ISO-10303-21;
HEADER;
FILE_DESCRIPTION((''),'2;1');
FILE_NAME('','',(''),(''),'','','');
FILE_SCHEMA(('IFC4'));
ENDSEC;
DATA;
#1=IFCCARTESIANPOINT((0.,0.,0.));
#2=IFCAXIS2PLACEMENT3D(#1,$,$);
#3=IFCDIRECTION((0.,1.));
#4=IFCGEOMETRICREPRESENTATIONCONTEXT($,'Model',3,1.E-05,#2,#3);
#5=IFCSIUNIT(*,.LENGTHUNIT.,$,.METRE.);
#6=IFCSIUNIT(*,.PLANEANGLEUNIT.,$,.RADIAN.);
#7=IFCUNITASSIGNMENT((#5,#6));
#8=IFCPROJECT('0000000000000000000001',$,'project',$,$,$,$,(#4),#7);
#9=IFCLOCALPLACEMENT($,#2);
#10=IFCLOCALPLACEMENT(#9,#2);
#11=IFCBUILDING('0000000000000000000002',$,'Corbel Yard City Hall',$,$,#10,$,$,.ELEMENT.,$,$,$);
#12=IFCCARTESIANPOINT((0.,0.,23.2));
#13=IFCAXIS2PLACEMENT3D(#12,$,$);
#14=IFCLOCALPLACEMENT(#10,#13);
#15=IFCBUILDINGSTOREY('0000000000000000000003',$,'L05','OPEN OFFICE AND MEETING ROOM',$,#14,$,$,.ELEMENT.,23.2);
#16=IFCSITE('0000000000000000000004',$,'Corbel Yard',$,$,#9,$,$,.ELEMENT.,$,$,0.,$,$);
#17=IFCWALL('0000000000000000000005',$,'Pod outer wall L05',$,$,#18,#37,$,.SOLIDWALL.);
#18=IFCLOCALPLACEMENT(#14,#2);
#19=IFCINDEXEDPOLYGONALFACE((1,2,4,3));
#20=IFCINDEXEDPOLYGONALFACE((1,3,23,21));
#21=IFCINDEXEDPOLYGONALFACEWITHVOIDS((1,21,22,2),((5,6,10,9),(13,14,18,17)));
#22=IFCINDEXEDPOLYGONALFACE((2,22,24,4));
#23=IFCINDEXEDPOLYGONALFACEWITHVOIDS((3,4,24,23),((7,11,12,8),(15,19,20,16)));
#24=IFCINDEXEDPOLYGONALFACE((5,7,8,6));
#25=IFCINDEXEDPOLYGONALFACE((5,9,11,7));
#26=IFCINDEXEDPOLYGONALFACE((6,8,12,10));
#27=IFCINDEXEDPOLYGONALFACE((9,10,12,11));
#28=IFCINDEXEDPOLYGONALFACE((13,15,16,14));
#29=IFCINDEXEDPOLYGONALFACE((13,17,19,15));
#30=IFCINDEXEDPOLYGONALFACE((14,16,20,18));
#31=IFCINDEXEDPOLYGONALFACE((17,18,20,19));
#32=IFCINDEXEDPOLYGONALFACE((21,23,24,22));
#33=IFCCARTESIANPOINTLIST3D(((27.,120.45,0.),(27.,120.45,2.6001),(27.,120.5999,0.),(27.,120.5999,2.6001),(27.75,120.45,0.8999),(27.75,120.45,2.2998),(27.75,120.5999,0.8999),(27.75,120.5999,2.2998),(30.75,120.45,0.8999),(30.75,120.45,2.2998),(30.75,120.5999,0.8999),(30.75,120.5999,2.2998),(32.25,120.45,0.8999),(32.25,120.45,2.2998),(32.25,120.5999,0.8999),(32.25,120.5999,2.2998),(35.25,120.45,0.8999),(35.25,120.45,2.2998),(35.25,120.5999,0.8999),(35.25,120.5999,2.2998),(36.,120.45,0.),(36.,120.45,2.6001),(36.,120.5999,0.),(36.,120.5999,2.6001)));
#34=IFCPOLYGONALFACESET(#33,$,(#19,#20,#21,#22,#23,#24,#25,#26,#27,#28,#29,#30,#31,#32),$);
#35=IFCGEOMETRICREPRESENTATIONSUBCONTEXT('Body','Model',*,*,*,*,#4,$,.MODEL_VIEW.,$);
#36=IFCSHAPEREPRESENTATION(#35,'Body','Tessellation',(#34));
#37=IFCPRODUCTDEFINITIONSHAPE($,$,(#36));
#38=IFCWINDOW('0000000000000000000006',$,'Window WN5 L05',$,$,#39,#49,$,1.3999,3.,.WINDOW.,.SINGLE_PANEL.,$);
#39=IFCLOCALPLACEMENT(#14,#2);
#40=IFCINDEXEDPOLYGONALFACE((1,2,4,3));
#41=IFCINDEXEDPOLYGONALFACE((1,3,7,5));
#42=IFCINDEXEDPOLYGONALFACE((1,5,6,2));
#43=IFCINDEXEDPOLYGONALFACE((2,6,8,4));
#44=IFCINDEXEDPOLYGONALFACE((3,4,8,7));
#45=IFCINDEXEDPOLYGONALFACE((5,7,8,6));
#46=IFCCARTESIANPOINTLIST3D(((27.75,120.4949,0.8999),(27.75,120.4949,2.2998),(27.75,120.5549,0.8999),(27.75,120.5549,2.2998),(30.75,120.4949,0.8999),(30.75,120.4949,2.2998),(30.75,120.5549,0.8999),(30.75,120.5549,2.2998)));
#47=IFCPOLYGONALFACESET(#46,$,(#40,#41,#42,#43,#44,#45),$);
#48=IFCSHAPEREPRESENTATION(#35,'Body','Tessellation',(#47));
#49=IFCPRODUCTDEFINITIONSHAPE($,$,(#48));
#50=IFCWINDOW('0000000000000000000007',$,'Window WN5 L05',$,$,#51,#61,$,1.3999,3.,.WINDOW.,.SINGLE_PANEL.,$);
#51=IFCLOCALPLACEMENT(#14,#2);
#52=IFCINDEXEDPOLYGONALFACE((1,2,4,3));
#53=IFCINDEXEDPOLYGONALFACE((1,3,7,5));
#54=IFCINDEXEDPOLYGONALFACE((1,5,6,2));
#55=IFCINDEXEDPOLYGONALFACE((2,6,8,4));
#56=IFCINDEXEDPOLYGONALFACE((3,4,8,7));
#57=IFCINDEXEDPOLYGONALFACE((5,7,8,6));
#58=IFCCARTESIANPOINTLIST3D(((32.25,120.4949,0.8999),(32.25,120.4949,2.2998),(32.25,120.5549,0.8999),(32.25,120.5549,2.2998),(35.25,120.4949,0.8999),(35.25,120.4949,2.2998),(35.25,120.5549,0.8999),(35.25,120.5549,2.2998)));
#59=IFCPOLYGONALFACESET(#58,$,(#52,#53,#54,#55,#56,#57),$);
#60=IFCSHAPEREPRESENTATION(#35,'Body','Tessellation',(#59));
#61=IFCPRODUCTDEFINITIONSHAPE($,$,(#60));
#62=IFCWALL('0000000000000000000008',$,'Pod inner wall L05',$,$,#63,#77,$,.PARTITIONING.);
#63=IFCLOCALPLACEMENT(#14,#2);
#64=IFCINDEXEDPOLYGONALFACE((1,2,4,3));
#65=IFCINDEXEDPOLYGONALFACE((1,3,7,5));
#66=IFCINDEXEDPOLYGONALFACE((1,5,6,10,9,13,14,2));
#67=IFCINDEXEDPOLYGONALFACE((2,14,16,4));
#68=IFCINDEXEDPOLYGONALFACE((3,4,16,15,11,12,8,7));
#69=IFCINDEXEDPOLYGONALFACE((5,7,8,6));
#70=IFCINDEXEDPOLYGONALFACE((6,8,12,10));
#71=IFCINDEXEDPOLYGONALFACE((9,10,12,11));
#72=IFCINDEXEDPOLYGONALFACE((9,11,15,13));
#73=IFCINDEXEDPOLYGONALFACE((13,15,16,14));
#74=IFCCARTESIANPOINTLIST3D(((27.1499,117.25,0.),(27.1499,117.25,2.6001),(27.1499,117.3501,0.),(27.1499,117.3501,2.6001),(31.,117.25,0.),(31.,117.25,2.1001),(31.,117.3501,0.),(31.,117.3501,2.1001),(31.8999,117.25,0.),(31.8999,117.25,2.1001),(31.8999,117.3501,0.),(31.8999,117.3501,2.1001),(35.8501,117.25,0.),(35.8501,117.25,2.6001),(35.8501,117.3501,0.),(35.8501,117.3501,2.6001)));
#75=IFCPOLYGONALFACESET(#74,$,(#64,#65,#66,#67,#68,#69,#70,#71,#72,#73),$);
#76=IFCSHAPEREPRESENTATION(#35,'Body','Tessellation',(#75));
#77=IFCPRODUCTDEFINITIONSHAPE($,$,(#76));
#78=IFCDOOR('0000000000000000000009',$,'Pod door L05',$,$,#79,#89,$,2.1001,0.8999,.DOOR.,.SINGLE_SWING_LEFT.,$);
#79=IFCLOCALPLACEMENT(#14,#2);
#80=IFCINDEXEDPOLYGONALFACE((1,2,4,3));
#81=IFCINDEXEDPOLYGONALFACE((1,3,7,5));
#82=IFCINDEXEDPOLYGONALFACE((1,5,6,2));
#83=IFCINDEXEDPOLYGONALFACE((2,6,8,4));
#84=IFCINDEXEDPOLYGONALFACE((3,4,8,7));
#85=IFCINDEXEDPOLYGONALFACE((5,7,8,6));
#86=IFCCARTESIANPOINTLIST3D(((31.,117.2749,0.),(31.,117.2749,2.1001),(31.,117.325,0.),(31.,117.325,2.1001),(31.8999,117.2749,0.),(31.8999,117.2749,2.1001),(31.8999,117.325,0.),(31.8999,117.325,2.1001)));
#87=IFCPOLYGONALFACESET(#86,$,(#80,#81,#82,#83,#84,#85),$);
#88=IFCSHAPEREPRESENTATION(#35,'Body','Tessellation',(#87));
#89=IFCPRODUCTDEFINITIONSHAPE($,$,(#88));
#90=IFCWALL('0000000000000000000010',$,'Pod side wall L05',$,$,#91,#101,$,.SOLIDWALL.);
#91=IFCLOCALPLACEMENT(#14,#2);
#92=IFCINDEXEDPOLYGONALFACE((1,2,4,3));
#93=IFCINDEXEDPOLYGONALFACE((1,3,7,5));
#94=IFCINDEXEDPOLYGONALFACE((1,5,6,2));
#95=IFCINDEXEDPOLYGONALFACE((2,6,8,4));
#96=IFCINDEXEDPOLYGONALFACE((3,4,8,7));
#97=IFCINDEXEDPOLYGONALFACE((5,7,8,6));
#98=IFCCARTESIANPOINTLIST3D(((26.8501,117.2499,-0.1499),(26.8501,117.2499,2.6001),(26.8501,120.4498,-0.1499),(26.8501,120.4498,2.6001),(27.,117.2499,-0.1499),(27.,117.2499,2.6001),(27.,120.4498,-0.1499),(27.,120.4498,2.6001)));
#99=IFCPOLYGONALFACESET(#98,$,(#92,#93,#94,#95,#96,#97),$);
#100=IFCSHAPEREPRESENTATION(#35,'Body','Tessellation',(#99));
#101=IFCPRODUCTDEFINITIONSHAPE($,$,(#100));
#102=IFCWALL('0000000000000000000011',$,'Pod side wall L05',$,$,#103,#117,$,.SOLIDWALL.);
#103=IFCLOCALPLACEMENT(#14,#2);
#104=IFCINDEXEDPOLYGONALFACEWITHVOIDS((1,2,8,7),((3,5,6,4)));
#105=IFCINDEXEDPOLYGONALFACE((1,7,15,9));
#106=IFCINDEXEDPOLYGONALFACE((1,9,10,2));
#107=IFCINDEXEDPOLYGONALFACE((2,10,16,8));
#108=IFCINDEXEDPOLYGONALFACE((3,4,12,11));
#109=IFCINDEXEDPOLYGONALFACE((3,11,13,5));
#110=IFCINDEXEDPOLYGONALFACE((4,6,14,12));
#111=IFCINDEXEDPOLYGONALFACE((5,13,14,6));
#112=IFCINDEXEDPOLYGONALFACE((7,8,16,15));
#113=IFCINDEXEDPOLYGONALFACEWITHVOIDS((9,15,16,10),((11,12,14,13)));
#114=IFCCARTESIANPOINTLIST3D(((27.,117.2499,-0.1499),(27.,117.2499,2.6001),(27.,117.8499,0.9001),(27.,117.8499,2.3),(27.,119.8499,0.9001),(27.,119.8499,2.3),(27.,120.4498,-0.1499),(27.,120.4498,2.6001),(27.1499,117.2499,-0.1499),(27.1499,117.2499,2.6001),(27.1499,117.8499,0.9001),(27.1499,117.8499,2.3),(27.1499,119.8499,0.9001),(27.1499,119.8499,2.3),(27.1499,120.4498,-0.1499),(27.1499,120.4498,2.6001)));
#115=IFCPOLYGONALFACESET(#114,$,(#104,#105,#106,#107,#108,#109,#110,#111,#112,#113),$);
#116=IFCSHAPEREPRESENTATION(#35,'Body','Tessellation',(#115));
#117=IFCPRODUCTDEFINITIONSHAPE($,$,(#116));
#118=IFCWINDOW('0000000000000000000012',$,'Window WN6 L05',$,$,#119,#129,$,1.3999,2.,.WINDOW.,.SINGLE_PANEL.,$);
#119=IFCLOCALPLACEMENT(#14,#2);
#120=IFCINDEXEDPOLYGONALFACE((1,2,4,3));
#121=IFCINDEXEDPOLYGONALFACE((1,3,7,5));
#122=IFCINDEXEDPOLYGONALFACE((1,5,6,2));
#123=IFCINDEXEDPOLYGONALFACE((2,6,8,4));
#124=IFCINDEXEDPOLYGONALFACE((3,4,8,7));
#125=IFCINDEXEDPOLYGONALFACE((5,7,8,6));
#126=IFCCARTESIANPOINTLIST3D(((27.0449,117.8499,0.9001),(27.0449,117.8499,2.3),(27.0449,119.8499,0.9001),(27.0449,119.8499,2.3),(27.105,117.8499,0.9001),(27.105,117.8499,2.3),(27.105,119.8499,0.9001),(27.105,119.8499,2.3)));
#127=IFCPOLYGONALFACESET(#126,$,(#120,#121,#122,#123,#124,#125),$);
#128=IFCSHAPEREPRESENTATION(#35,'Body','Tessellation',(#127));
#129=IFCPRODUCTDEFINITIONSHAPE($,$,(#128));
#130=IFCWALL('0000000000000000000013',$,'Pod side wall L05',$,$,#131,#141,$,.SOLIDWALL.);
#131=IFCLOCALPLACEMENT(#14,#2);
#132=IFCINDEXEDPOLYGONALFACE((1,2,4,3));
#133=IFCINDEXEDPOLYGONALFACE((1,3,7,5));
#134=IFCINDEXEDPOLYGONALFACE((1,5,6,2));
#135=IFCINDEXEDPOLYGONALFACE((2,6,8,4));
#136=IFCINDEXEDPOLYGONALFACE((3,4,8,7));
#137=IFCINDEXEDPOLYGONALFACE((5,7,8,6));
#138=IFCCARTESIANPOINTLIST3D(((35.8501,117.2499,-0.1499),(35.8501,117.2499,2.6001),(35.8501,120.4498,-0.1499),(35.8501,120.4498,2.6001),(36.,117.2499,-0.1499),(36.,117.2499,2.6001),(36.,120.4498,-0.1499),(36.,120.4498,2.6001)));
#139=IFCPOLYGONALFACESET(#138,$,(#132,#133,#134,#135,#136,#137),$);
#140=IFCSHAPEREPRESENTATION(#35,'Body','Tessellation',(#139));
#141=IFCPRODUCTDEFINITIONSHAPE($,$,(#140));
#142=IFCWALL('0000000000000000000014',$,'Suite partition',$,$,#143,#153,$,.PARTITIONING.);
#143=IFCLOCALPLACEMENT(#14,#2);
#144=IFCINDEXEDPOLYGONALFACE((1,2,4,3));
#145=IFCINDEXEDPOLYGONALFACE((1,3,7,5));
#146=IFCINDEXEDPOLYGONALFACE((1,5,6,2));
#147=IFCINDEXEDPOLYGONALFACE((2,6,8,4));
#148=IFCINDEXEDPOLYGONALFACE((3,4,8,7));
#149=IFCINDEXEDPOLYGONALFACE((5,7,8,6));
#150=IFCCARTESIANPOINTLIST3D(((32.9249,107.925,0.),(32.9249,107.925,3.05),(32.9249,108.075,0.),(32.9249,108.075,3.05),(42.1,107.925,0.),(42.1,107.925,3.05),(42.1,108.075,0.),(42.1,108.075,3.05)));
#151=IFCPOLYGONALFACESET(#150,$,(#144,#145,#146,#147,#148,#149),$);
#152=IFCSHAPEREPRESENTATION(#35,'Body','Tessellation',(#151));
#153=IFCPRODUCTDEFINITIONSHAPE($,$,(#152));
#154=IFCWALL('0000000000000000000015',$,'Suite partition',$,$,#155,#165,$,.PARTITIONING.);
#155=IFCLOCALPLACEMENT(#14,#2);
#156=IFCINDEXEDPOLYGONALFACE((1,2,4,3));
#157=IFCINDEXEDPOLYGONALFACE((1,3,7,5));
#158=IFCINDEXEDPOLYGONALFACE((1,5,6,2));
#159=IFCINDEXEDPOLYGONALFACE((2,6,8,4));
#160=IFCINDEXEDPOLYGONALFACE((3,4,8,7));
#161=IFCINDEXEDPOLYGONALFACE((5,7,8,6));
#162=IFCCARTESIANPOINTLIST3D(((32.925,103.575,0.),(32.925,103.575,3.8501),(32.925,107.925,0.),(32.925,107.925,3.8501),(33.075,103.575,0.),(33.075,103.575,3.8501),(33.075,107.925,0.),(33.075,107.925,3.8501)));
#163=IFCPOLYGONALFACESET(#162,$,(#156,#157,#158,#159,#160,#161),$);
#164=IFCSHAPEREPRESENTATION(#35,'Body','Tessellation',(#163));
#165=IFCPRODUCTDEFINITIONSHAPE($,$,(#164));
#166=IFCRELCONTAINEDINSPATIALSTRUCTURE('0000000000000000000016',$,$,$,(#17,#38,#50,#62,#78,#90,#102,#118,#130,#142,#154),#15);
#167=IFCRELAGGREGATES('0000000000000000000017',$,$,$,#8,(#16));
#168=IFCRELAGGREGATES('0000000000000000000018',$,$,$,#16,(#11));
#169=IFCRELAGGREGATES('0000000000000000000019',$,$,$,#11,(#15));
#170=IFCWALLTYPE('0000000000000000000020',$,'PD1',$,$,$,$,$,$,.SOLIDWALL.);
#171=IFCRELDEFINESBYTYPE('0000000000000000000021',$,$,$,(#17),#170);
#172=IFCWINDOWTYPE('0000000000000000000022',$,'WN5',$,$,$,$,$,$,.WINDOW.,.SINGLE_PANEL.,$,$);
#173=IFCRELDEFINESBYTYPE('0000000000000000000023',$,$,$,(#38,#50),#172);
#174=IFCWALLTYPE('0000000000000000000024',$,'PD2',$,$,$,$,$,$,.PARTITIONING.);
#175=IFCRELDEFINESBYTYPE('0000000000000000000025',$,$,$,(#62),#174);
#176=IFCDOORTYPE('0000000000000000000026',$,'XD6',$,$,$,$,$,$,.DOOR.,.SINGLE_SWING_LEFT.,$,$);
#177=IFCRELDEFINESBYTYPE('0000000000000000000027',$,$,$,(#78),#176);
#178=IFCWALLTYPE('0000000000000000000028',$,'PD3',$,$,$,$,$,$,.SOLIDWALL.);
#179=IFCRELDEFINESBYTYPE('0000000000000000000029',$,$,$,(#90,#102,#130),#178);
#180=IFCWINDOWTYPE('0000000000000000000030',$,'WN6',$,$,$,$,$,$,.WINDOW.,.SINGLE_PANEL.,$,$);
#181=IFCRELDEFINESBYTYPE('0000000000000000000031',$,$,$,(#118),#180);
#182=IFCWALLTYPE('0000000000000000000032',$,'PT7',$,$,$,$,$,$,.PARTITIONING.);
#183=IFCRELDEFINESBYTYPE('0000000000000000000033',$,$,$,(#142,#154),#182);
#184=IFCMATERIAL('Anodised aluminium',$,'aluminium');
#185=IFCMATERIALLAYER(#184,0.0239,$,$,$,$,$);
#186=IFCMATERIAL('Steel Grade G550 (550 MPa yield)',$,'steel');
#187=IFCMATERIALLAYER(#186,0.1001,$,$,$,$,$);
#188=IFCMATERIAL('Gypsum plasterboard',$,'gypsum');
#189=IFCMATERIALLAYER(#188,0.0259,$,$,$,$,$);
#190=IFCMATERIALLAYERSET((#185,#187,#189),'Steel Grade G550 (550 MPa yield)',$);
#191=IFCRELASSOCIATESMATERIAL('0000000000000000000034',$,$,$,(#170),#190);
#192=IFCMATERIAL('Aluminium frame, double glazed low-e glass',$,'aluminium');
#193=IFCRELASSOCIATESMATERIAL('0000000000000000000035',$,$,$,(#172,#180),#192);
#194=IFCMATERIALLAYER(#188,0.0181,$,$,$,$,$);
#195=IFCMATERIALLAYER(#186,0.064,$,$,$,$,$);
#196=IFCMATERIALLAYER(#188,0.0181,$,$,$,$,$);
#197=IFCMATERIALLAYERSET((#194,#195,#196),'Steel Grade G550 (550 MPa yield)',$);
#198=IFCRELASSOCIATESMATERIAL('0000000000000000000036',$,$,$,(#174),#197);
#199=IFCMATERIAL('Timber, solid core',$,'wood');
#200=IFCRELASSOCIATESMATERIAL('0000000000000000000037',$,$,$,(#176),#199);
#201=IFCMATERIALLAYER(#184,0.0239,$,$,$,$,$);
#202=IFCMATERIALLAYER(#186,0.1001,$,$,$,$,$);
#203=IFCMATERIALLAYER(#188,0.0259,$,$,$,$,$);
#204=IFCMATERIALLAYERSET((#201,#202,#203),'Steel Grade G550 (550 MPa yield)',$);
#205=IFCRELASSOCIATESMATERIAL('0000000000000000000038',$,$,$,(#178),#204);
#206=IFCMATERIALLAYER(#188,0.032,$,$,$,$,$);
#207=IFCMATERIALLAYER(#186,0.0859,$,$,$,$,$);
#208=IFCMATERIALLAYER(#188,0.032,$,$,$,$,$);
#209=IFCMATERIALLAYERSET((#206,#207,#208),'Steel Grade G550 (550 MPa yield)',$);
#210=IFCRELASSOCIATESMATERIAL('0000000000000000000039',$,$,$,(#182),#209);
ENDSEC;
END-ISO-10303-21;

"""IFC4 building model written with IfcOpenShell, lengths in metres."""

from ifc_helpers import new_model, si_unit, direction, frame, frame_2d, origin, place, context, subcontext, project, spatial, rectangle, extrude, material, layer, layer_set, type_object, element, fill, save


model = new_model("IFC4")

# Units and contexts
model_context = context("Model", 3, precision=1e-05, world=origin(), true_north=direction((0.0, 1.0)))
body_context = subcontext(model_context, "Body", "Model", "MODEL_VIEW")
ifc_project = project(units=[si_unit("LENGTHUNIT", "METRE"), si_unit("PLANEANGLEUNIT", "RADIAN")], contexts=[model_context])

# Site, building, storey
site_placement = place(None, origin())
site = spatial("IfcSite", under=ifc_project, at=site_placement, Name="Corbel Yard", CompositionType="ELEMENT", RefElevation=0.0)
building_placement = place(site_placement, origin())
building = spatial("IfcBuilding", under=site, at=building_placement, Name="Corbel Yard City Hall", CompositionType="ELEMENT")
storey_placement = place(building_placement, frame((0.0, 0.0, 23.2)))
storey = spatial("IfcBuildingStorey", under=building, at=storey_placement, Name="L05", Description="OPEN OFFICE AND MEETING ROOM", CompositionType="ELEMENT", Elevation=23.2)

# Wall, openings, windows
ifc_material_1 = material(Name="Anodised aluminium", Category="aluminium")
ifc_layer_1 = layer(ifc_material_1, 0.0239)
ifc_material_2 = material(Name="Steel Grade G550 (550 MPa yield)", Category="steel")
ifc_layer_2 = layer(ifc_material_2, 0.1001)
ifc_material_3 = material(Name="Gypsum plasterboard", Category="gypsum")
ifc_layer_3 = layer(ifc_material_3, 0.0259)
ifc_layer_set_1 = layer_set([ifc_layer_1, ifc_layer_2, ifc_layer_3], Name="Steel Grade G550 (550 MPa yield)")
wall_type_1 = type_object("IfcWallType", Name="PD1", PredefinedType="SOLIDWALL", material=ifc_layer_set_1)
wall_1_placement = place(storey_placement, frame((27.0, 120.5249, 0.0), z_axis=(0.0, 0.0, 1.0), x_axis=(1.0, 0.0, 0.0)))
wall_1 = element("IfcWall", 1, at=wall_1_placement, inside=storey, type_object=wall_type_1, Name="Pod outer wall L05", PredefinedType="SOLIDWALL", context=body_context, shape_type="SweptSolid", body=[
    extrude(rectangle(XDim=9.0, YDim=0.1499, at=frame_2d((4.5, 0.0))), origin(), (0.0, 0.0, 1.0), 2.6001),
])
opening_1_placement = place(wall_1_placement, frame((0.75, 0.0, 0.8999)))
opening_1 = element("IfcOpeningElement", 2, at=opening_1_placement, cuts=wall_1, PredefinedType="OPENING", context=body_context, shape_type="SweptSolid", body=[
    extrude(rectangle(XDim=3.0, YDim=1.3999, at=frame_2d((1.5, 0.7))), frame((0.0, 0.085, 0.0), z_axis=(0.0, -1.0, 0.0), x_axis=(1.0, 0.0, 0.0)), (0.0, 0.0, 1.0), 0.1699),
])
opening_2_placement = place(wall_1_placement, frame((5.25, 0.0, 0.8999)))
opening_2 = element("IfcOpeningElement", 3, at=opening_2_placement, cuts=wall_1, PredefinedType="OPENING", context=body_context, shape_type="SweptSolid", body=[
    extrude(rectangle(XDim=3.0, YDim=1.3999, at=frame_2d((1.5, 0.7))), frame((0.0, 0.085, 0.0), z_axis=(0.0, -1.0, 0.0), x_axis=(1.0, 0.0, 0.0)), (0.0, 0.0, 1.0), 0.1699),
])
ifc_material_4 = material(Name="Aluminium frame, double glazed low-e glass", Category="aluminium")
window_type_1 = type_object("IfcWindowType", Name="WN5", PartitioningType="SINGLE_PANEL", PredefinedType="WINDOW", material=ifc_material_4)
window_1_placement = place(opening_1_placement, origin())
window_1 = element("IfcWindow", 4, at=window_1_placement, inside=storey, type_object=window_type_1, Name="Window WN5 L05", OverallHeight=1.3999, OverallWidth=3.0, PartitioningType="SINGLE_PANEL", PredefinedType="WINDOW", context=body_context, shape_type="SweptSolid", body=[
    extrude(rectangle(XDim=3.0, YDim=1.3999, at=frame_2d((1.5, 0.7))), frame((0.0, 0.03, 0.0), z_axis=(0.0, -1.0, 0.0), x_axis=(1.0, 0.0, 0.0)), (0.0, 0.0, 1.0), 0.0601),
])
fill(opening_1, window_1)
window_2_placement = place(opening_2_placement, origin())
window_2 = element("IfcWindow", 5, at=window_2_placement, inside=storey, type_object=window_type_1, Name="Window WN5 L05", OverallHeight=1.3999, OverallWidth=3.0, PartitioningType="SINGLE_PANEL", PredefinedType="WINDOW", context=body_context, shape_type="SweptSolid", body=[
    extrude(rectangle(XDim=3.0, YDim=1.3999, at=frame_2d((1.5, 0.7))), frame((0.0, 0.03, 0.0), z_axis=(0.0, -1.0, 0.0), x_axis=(1.0, 0.0, 0.0)), (0.0, 0.0, 1.0), 0.0601),
])
fill(opening_2, window_2)

# Wall, opening, door
ifc_layer_4 = layer(ifc_material_3, 0.0181)
ifc_layer_5 = layer(ifc_material_2, 0.064)
ifc_layer_6 = layer(ifc_material_3, 0.0181)
ifc_layer_set_2 = layer_set([ifc_layer_4, ifc_layer_5, ifc_layer_6], Name="Steel Grade G550 (550 MPa yield)")
wall_type_2 = type_object("IfcWallType", Name="PD2", PredefinedType="PARTITIONING", material=ifc_layer_set_2)
wall_2_placement = place(storey_placement, frame((27.1499, 117.3, 0.0), z_axis=(0.0, 0.0, 1.0), x_axis=(1.0, 0.0, 0.0)))
wall_2 = element("IfcWall", 6, at=wall_2_placement, inside=storey, type_object=wall_type_2, Name="Pod inner wall L05", PredefinedType="PARTITIONING", context=body_context, shape_type="SweptSolid", body=[
    extrude(rectangle(XDim=8.7002, YDim=0.1001, at=frame_2d((4.3501, 0.0))), origin(), (0.0, 0.0, 1.0), 2.6001),
])
opening_3_placement = place(wall_2_placement, frame((3.8501, 0.0, 0.0)))
opening_3 = element("IfcOpeningElement", 7, at=opening_3_placement, cuts=wall_2, PredefinedType="OPENING", context=body_context, shape_type="SweptSolid", body=[
    extrude(rectangle(XDim=0.8999, YDim=2.1001, at=frame_2d((0.45, 1.05))), frame((0.0, 0.0601, 0.0), z_axis=(0.0, -1.0, 0.0), x_axis=(1.0, 0.0, 0.0)), (0.0, 0.0, 1.0), 0.1201),
])
ifc_material_5 = material(Name="Timber, solid core", Category="wood")
door_type = type_object("IfcDoorType", Name="XD6", OperationType="SINGLE_SWING_LEFT", PredefinedType="DOOR", material=ifc_material_5)
door_placement = place(opening_3_placement, origin())
door = element("IfcDoor", 8, at=door_placement, inside=storey, type_object=door_type, Name="Pod door L05", OperationType="SINGLE_SWING_LEFT", OverallHeight=2.1001, OverallWidth=0.8999, PredefinedType="DOOR", context=body_context, shape_type="SweptSolid", body=[
    extrude(rectangle(XDim=0.8999, YDim=2.1001, at=frame_2d((0.45, 1.05))), frame((0.0, 0.0249, 0.0), z_axis=(0.0, -1.0, 0.0), x_axis=(1.0, 0.0, 0.0)), (0.0, 0.0, 1.0), 0.05),
])
fill(opening_3, door)

# Wall
ifc_layer_7 = layer(ifc_material_1, 0.0239)
ifc_layer_8 = layer(ifc_material_2, 0.1001)
ifc_layer_9 = layer(ifc_material_3, 0.0259)
ifc_layer_set_3 = layer_set([ifc_layer_7, ifc_layer_8, ifc_layer_9], Name="Steel Grade G550 (550 MPa yield)")
wall_type_3 = type_object("IfcWallType", Name="PD3", PredefinedType="SOLIDWALL", material=ifc_layer_set_3)
wall_3_placement = place(storey_placement, frame((26.925, 120.45, -0.1499), z_axis=(0.0, 0.0, 1.0), x_axis=(0.0, -1.0, 0.0)))
element("IfcWall", 9, at=wall_3_placement, inside=storey, type_object=wall_type_3, Name="Pod side wall L05", PredefinedType="SOLIDWALL", context=body_context, shape_type="SweptSolid", body=[
    extrude(rectangle(XDim=3.2, YDim=0.1499, at=frame_2d((1.6001, 0.0))), origin(), (0.0, 0.0, 1.0), 2.75),
])

# Wall, opening, window
wall_4_placement = place(storey_placement, frame((27.075, 120.45, -0.1499), z_axis=(0.0, 0.0, 1.0), x_axis=(0.0, -1.0, 0.0)))
wall_4 = element("IfcWall", 10, at=wall_4_placement, inside=storey, type_object=wall_type_3, Name="Pod side wall L05", PredefinedType="SOLIDWALL", context=body_context, shape_type="SweptSolid", body=[
    extrude(rectangle(XDim=3.2, YDim=0.1499, at=frame_2d((1.6001, 0.0))), origin(), (0.0, 0.0, 1.0), 2.75),
])
opening_4_placement = place(wall_4_placement, frame((0.6001, 0.0, 1.05)))
opening_4 = element("IfcOpeningElement", 11, at=opening_4_placement, cuts=wall_4, PredefinedType="OPENING", context=body_context, shape_type="SweptSolid", body=[
    extrude(rectangle(XDim=2.0, YDim=1.3999, at=frame_2d((1.0, 0.7))), frame((0.0, 0.085, 0.0), z_axis=(0.0, -1.0, 0.0), x_axis=(1.0, 0.0, 0.0)), (0.0, 0.0, 1.0), 0.1699),
])
window_type_2 = type_object("IfcWindowType", Name="WN6", PartitioningType="SINGLE_PANEL", PredefinedType="WINDOW", material=ifc_material_4)
window_3_placement = place(opening_4_placement, origin())
window_3 = element("IfcWindow", 12, at=window_3_placement, inside=storey, type_object=window_type_2, Name="Window WN6 L05", OverallHeight=1.3999, OverallWidth=2.0, PartitioningType="SINGLE_PANEL", PredefinedType="WINDOW", context=body_context, shape_type="SweptSolid", body=[
    extrude(rectangle(XDim=2.0, YDim=1.3999, at=frame_2d((1.0, 0.7))), frame((0.0, 0.03, 0.0), z_axis=(0.0, -1.0, 0.0), x_axis=(1.0, 0.0, 0.0)), (0.0, 0.0, 1.0), 0.0601),
])
fill(opening_4, window_3)

# Walls
wall_5_placement = place(storey_placement, frame((35.925, 120.45, -0.1499), z_axis=(0.0, 0.0, 1.0), x_axis=(0.0, -1.0, 0.0)))
element("IfcWall", 13, at=wall_5_placement, inside=storey, type_object=wall_type_3, Name="Pod side wall L05", PredefinedType="SOLIDWALL", context=body_context, shape_type="SweptSolid", body=[
    extrude(rectangle(XDim=3.2, YDim=0.1499, at=frame_2d((1.6001, 0.0))), origin(), (0.0, 0.0, 1.0), 2.75),
])
ifc_layer_10 = layer(ifc_material_3, 0.032)
ifc_layer_11 = layer(ifc_material_2, 0.0859)
ifc_layer_12 = layer(ifc_material_3, 0.032)
ifc_layer_set_4 = layer_set([ifc_layer_10, ifc_layer_11, ifc_layer_12], Name="Steel Grade G550 (550 MPa yield)")
wall_type_4 = type_object("IfcWallType", Name="PT7", PredefinedType="PARTITIONING", material=ifc_layer_set_4)
wall_6_placement = place(storey_placement, frame((32.925, 108.0, 0.0), z_axis=(0.0, 0.0, 1.0), x_axis=(1.0, 0.0, 0.0)))
element("IfcWall", 14, at=wall_6_placement, inside=storey, type_object=wall_type_4, Name="Suite partition", PredefinedType="PARTITIONING", context=body_context, shape_type="SweptSolid", body=[
    extrude(rectangle(XDim=9.175, YDim=0.1499, at=frame_2d((4.5874, 0.0))), origin(), (0.0, 0.0, 1.0), 3.05),
])
wall_7_placement = place(storey_placement, frame((33.0, 103.575, 0.0), z_axis=(0.0, 0.0, 1.0), x_axis=(0.0, 1.0, 0.0)))
element("IfcWall", 15, at=wall_7_placement, inside=storey, type_object=wall_type_4, Name="Suite partition", PredefinedType="PARTITIONING", context=body_context, shape_type="SweptSolid", body=[
    extrude(rectangle(XDim=4.3501, YDim=0.1499, at=frame_2d((2.175, 0.0))), origin(), (0.0, 0.0, 1.0), 3.8501),
])

save(model, "model.ifc")
